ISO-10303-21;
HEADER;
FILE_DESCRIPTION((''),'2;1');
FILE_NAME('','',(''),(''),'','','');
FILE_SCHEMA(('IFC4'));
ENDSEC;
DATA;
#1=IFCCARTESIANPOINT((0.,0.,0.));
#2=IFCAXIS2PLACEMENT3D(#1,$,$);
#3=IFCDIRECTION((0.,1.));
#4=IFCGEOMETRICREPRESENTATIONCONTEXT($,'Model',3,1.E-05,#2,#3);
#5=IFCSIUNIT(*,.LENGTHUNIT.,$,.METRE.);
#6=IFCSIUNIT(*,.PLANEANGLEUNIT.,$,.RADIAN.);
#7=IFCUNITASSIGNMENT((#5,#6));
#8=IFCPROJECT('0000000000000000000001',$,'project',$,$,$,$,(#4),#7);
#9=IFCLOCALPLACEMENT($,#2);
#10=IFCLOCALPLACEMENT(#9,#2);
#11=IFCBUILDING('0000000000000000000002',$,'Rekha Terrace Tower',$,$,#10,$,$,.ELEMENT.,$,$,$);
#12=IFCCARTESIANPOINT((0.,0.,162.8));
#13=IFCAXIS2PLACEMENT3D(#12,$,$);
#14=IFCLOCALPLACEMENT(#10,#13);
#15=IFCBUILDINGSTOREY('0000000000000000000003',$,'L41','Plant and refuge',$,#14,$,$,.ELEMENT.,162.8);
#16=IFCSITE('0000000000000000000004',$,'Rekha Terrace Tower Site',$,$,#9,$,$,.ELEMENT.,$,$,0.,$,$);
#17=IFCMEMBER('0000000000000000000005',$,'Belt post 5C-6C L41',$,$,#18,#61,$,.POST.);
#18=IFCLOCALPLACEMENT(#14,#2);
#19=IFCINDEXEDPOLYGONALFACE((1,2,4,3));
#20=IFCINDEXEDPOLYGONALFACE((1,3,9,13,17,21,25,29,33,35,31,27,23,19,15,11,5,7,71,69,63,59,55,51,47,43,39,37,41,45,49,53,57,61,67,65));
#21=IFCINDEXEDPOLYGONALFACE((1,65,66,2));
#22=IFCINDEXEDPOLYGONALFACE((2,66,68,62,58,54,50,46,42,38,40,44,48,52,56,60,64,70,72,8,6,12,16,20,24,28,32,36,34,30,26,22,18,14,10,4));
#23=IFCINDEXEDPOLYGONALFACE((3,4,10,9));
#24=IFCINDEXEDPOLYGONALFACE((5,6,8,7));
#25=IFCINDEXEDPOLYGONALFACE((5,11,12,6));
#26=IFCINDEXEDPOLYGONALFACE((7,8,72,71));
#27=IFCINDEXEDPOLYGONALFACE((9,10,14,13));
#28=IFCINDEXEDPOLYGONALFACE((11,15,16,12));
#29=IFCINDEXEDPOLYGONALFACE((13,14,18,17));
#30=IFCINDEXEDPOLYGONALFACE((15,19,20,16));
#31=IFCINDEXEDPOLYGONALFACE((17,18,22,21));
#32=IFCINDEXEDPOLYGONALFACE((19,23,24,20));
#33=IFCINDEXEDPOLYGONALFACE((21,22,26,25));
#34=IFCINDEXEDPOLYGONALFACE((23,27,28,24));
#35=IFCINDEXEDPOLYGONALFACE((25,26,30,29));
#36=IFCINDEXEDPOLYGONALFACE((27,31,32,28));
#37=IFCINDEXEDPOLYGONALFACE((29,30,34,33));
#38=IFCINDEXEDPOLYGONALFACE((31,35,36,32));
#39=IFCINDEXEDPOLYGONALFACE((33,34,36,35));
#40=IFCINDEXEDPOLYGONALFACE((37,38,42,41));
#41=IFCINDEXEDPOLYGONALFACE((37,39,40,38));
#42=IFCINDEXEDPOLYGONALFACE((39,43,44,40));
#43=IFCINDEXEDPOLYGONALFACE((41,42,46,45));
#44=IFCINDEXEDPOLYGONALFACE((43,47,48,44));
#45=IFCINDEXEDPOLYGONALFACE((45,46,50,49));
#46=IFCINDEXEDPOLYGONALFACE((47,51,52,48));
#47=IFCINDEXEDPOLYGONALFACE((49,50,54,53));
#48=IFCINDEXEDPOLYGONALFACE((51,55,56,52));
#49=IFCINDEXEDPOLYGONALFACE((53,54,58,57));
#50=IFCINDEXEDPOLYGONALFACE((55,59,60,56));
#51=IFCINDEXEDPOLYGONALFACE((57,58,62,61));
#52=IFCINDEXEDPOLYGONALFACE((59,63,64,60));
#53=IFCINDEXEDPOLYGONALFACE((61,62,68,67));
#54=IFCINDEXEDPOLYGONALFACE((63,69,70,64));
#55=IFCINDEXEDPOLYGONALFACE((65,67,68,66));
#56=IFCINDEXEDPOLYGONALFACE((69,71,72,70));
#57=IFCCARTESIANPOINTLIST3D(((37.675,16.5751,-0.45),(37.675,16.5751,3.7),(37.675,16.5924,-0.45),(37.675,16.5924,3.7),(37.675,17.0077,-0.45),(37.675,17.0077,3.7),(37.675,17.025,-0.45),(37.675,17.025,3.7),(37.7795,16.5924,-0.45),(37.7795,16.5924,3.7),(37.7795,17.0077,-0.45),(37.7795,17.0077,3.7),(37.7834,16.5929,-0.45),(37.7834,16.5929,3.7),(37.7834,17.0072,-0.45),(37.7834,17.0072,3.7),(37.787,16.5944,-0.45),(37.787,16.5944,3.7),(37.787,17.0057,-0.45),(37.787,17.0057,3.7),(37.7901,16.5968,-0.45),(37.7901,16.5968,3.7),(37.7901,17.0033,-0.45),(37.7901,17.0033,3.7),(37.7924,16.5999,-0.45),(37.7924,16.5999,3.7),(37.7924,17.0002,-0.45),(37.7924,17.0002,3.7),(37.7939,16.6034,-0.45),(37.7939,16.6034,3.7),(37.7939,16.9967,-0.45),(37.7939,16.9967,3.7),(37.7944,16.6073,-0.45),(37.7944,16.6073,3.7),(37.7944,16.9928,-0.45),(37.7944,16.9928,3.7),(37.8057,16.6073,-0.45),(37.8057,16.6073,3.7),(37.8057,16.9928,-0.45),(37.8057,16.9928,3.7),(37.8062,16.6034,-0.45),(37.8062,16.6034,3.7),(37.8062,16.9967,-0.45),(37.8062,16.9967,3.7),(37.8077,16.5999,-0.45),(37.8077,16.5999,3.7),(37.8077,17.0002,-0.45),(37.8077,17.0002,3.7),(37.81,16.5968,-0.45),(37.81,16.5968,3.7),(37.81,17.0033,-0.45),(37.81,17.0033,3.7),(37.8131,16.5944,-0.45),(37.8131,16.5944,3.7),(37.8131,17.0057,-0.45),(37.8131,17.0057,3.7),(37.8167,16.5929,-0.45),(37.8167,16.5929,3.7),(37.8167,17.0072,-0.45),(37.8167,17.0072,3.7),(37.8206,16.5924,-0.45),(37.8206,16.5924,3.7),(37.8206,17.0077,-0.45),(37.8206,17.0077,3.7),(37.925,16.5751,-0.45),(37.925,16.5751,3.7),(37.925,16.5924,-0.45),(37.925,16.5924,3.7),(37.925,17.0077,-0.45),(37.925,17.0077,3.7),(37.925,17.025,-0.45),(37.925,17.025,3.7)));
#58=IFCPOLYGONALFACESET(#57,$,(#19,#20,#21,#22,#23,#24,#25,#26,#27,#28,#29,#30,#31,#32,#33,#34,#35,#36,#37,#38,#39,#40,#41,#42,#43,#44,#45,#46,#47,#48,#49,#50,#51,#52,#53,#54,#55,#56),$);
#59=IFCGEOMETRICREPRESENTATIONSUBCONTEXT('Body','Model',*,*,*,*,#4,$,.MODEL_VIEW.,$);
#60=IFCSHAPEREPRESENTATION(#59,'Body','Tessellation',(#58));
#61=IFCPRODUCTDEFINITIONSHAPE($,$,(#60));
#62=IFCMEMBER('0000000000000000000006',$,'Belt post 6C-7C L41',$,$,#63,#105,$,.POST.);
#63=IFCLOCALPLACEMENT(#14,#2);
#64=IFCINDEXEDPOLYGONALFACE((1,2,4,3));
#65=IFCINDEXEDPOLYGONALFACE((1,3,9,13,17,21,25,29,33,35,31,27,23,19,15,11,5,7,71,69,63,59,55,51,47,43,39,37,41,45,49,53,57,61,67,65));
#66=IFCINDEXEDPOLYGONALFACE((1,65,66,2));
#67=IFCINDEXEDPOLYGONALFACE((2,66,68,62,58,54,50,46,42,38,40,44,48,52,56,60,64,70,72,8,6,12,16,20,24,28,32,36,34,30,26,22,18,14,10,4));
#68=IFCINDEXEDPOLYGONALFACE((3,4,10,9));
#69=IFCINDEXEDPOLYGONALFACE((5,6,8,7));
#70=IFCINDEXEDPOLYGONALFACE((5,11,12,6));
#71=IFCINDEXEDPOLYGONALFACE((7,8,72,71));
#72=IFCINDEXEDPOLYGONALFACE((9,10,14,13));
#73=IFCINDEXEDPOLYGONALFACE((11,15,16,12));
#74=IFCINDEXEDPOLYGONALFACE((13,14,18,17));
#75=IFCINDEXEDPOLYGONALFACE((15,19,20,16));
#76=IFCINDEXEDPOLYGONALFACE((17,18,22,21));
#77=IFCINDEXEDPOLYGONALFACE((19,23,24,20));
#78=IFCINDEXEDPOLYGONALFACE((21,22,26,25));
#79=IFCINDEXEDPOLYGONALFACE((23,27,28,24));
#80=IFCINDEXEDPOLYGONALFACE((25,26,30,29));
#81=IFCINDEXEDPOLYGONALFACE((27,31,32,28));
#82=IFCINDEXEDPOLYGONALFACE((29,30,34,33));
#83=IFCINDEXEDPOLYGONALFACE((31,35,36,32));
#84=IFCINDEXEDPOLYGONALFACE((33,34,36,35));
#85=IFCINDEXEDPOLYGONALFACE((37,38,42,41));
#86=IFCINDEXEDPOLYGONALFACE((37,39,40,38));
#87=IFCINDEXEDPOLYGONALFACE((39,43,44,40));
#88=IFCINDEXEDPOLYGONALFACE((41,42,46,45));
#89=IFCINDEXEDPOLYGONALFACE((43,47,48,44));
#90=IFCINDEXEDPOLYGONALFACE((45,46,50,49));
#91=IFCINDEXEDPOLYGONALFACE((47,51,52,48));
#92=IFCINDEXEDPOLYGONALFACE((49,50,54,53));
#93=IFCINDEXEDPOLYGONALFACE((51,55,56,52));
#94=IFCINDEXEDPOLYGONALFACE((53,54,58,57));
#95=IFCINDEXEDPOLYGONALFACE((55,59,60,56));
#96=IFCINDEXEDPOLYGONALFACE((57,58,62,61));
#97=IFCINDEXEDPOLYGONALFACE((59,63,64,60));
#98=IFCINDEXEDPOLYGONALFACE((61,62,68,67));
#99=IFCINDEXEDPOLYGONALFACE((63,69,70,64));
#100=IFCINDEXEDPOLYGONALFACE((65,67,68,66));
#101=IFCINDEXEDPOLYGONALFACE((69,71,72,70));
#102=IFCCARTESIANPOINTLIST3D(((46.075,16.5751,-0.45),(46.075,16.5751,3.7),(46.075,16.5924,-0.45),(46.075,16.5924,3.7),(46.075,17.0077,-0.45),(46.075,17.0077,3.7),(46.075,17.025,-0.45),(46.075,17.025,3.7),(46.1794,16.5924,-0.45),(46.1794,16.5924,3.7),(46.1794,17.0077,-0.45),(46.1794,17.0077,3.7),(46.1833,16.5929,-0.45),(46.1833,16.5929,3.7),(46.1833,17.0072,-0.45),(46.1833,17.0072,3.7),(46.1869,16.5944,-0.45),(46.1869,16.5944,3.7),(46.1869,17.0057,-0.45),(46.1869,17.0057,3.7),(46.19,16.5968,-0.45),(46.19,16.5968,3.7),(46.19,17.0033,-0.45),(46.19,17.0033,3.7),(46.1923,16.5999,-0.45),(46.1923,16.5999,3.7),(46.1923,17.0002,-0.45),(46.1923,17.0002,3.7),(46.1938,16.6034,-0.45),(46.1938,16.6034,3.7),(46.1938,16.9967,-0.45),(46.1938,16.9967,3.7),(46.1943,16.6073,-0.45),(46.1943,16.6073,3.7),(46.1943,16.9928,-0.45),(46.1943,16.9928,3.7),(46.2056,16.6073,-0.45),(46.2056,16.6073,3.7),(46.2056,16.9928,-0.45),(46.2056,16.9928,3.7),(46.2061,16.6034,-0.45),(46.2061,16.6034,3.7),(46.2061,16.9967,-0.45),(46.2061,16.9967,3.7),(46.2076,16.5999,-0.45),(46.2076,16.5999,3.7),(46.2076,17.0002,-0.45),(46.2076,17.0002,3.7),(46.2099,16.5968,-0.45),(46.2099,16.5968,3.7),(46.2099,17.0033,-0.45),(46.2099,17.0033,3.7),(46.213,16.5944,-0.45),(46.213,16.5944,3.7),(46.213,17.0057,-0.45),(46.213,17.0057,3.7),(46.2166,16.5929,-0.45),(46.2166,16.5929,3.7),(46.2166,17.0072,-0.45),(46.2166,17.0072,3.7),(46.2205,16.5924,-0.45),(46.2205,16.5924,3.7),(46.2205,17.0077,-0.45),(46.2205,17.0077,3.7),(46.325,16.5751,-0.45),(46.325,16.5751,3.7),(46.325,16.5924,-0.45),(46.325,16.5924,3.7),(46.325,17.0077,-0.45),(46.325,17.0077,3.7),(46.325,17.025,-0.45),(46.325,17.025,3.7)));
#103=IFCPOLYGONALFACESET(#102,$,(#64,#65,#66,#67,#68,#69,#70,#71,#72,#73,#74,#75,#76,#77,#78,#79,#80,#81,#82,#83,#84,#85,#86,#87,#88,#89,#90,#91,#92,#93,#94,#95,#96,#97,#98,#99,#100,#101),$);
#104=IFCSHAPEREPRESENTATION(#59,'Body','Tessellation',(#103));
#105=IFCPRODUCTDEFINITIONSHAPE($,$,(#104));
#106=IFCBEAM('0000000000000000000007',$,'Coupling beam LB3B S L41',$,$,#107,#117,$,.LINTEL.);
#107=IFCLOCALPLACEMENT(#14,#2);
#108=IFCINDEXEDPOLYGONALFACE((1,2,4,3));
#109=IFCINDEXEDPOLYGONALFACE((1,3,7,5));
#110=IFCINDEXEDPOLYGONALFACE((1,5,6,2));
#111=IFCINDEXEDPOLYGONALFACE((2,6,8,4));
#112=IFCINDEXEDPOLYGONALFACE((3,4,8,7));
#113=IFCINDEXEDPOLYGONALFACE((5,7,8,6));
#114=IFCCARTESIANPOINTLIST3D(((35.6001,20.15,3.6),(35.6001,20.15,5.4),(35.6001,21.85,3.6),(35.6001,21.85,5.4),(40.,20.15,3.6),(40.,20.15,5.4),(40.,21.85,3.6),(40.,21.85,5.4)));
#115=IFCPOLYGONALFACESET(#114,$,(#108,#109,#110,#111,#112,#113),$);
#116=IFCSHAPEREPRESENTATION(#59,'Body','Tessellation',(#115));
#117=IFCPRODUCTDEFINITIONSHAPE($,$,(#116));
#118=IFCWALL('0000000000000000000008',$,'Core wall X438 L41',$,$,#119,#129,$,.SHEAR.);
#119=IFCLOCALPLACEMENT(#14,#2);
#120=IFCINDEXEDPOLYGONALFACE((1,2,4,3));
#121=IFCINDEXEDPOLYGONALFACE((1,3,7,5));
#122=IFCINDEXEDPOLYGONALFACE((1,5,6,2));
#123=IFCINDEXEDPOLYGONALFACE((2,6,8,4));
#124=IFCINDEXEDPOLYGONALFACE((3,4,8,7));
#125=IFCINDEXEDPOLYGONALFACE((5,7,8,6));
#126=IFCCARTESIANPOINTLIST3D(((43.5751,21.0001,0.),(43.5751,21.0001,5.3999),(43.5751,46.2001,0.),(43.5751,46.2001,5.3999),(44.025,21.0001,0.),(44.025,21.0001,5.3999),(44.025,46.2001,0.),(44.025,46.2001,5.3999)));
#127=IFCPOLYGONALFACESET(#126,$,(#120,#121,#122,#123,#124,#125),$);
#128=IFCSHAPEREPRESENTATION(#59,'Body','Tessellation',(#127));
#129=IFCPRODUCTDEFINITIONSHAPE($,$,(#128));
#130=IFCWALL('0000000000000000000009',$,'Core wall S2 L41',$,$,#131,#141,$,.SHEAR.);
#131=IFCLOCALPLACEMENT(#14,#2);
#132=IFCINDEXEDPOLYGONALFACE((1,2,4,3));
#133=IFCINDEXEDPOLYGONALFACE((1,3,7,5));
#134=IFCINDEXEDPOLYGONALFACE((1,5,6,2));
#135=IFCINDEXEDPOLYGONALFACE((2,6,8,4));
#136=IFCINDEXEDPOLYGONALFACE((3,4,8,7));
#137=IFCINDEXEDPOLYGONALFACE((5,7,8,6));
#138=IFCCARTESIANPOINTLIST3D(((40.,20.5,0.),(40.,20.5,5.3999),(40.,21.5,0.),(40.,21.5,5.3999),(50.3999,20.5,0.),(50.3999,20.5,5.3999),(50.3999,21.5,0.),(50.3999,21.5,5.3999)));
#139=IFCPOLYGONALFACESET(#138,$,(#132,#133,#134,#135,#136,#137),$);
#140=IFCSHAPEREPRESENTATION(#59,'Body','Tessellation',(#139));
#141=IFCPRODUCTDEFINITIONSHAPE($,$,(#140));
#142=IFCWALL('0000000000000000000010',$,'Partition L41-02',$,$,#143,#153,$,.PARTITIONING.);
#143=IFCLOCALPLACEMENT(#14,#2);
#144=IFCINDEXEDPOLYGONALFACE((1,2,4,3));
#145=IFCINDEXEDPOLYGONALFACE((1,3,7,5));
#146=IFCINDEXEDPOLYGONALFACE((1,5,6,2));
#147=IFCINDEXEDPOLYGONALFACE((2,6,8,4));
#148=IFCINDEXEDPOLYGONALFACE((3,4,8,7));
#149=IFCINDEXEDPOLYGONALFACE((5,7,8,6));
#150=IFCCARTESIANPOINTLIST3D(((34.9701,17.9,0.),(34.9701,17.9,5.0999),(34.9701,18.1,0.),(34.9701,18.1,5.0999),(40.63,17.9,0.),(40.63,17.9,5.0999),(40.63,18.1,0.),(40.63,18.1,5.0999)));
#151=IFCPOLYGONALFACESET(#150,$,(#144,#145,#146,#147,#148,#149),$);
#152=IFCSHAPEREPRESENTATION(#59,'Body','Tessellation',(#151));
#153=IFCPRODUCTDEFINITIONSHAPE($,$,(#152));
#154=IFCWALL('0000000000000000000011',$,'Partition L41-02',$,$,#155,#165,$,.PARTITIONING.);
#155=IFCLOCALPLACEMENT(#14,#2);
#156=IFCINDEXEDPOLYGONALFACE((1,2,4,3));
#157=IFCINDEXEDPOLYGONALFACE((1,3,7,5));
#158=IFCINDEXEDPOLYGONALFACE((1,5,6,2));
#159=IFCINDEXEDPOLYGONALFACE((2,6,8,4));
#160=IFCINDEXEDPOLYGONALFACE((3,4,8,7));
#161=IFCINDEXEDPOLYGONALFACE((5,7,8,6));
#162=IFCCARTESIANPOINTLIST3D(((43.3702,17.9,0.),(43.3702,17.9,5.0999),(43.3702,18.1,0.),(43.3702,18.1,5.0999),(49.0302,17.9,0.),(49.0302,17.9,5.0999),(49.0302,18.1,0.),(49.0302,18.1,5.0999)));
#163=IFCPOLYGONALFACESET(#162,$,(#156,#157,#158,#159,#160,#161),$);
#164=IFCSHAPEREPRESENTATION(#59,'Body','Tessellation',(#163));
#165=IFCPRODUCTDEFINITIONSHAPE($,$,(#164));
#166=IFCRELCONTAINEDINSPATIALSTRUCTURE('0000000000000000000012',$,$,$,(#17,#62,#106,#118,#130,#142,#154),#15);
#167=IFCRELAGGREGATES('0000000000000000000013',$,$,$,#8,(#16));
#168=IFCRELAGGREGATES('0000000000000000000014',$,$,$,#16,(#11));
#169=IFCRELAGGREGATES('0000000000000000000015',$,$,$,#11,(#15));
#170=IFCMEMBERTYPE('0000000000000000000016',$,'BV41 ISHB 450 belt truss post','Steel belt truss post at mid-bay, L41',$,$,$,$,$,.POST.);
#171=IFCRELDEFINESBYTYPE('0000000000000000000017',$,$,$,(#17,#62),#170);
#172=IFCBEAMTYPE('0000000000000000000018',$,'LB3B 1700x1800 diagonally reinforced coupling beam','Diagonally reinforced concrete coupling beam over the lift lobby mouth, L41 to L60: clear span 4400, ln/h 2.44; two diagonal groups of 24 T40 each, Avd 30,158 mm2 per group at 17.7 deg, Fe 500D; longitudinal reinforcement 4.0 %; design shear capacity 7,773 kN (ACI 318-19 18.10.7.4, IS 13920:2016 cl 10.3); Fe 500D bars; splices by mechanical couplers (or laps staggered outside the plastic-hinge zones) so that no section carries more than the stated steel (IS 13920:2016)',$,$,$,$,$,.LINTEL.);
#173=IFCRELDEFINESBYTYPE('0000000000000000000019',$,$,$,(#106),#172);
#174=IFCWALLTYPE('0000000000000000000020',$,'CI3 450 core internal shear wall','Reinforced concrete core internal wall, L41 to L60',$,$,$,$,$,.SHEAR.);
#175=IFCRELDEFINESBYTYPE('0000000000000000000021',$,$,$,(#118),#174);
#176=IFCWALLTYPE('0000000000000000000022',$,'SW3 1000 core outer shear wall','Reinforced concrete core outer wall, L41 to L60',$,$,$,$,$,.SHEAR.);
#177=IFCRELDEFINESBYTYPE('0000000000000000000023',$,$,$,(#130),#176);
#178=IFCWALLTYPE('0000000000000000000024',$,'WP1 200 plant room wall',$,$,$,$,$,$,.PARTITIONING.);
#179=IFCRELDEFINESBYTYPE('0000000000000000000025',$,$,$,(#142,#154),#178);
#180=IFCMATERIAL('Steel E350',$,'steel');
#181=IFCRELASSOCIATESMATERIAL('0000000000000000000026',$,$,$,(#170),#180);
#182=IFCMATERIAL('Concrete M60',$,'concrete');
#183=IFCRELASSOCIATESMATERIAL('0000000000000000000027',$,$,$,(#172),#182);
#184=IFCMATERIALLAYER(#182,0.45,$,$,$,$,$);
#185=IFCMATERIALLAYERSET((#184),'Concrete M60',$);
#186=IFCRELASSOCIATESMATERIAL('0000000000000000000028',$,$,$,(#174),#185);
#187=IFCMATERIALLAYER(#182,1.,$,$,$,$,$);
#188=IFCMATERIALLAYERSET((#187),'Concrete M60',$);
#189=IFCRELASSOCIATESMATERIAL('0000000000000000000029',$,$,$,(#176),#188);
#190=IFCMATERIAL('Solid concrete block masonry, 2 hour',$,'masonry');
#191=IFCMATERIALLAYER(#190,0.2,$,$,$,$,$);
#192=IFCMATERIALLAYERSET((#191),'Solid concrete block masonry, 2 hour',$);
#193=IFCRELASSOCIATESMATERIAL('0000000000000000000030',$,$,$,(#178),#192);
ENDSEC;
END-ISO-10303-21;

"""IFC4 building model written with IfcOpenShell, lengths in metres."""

from ifc_helpers import new_model, si_unit, direction, frame, frame_2d, origin, origin_2d, place, context, subcontext, project, spatial, rectangle, i_section, extrude, material, layer, layer_set, material_profile, profile_set, type_object, element, save


model = new_model("IFC4")

# Units and contexts
model_context = context("Model", 3, precision=1e-05, world=origin(), true_north=direction((0.0, 1.0)))
body_context = subcontext(model_context, "Body", "Model", "MODEL_VIEW")
ifc_project = project(units=[si_unit("LENGTHUNIT", "METRE"), si_unit("PLANEANGLEUNIT", "RADIAN")], contexts=[model_context])

# Site, building, storey
site_placement = place(None, origin())
site = spatial("IfcSite", under=ifc_project, at=site_placement, Name="Rekha Terrace Tower Site", CompositionType="ELEMENT", RefElevation=0.0)
building_placement = place(site_placement, origin())
building = spatial("IfcBuilding", under=site, at=building_placement, Name="Rekha Terrace Tower", CompositionType="ELEMENT")
storey_placement = place(building_placement, frame((0.0, 0.0, 162.8)))
storey = spatial("IfcBuildingStorey", under=building, at=storey_placement, Name="L41", Description="Plant and refuge", CompositionType="ELEMENT", Elevation=162.8)

# Shared definitions
ifc_material_1 = material(Name="Concrete M60", Category="concrete")

# Members
ifc_material_2 = material(Name="Steel E350", Category="steel")
ifc_material_profile_1 = material_profile(ifc_material_2, i_section(OverallWidth=0.25, OverallDepth=0.45, WebThickness=0.0112, FlangeThickness=0.0173, FilletRadius=0.0149, at=origin_2d()), Name="ISHB 450")
ifc_profile_set_1 = profile_set([ifc_material_profile_1], Name="Steel E350")
member_type_1 = type_object("IfcMemberType", Name="BV41 ISHB 450 belt truss post", Description="Steel belt truss post at mid-bay, L41", PredefinedType="POST", material=ifc_profile_set_1)
for number, where, z_axis, x_axis, name in (
    (1, (37.8, 16.8, -0.45), (0.0, 0.0, 1.0), (1.0, 0.0, 0.0), "Belt post 5C-6C L41"),
    (2, (46.2, 16.8, -0.45), (0.0, 0.0, 1.0), (1.0, 0.0, 0.0), "Belt post 6C-7C L41"),
):
    element("IfcMember", number, at=place(storey_placement, frame(where, z_axis=z_axis, x_axis=x_axis)), inside=storey, type_object=member_type_1, Name=name, PredefinedType="POST", context=body_context, shape_type="SweptSolid", body=[
        extrude(i_section(OverallWidth=0.25, OverallDepth=0.45, WebThickness=0.0112, FlangeThickness=0.0173, FilletRadius=0.0149, at=origin_2d()), origin(), (0.0, 0.0, 1.0), 4.1499),
    ])

# Beam
ifc_material_profile_2 = material_profile(ifc_material_1, rectangle(XDim=1.7, YDim=1.8, at=origin_2d()), Name="RC 1700x1800")
ifc_profile_set_2 = profile_set([ifc_material_profile_2], Name="Concrete M60")
beam_type = type_object("IfcBeamType", Name="LB3B 1700x1800 diagonally reinforced coupling beam", Description="Diagonally reinforced concrete coupling beam over the lift lobby mouth, L41 to L60: clear span 4400, ln/h 2.44; two diagonal groups of 24 T40 each, Avd 30,158 mm2 per group at 17.7 deg, Fe 500D; longitudinal reinforcement 4.0 %; design shear capacity 7,773 kN (ACI 318-19 18.10.7.4, IS 13920:2016 cl 10.3); Fe 500D bars; splices by mechanical couplers (or laps staggered outside the plastic-hinge zones) so that no section carries more than the stated steel (IS 13920:2016)", PredefinedType="LINTEL", material=ifc_profile_set_2)
beam_placement = place(storey_placement, frame((35.6001, 21.0, 4.5), z_axis=(1.0, 0.0, 0.0), x_axis=(0.0, 1.0, 0.0)))
element("IfcBeam", 3, at=beam_placement, inside=storey, type_object=beam_type, Name="Coupling beam LB3B S L41", PredefinedType="LINTEL", context=body_context, shape_type="SweptSolid", body=[
    extrude(rectangle(XDim=1.7, YDim=1.8, at=origin_2d()), origin(), (0.0, 0.0, 1.0), 4.3999),
])

# Walls
ifc_layer_1 = layer(ifc_material_1, 0.45)
ifc_layer_set_1 = layer_set([ifc_layer_1], Name="Concrete M60")
wall_type_1 = type_object("IfcWallType", Name="CI3 450 core internal shear wall", Description="Reinforced concrete core internal wall, L41 to L60", PredefinedType="SHEAR", material=ifc_layer_set_1)
wall_1_placement = place(storey_placement, frame((43.8, 21.0, 0.0), z_axis=(0.0, 0.0, 1.0), x_axis=(0.0, 1.0, 0.0)))
element("IfcWall", 4, at=wall_1_placement, inside=storey, type_object=wall_type_1, Name="Core wall X438 L41", PredefinedType="SHEAR", context=body_context, shape_type="SweptSolid", body=[
    extrude(rectangle(XDim=25.2, YDim=0.45, at=frame_2d((12.6001, 0.0))), origin(), (0.0, 0.0, 1.0), 5.3999),
])
ifc_layer_2 = layer(ifc_material_1, 1.0)
ifc_layer_set_2 = layer_set([ifc_layer_2], Name="Concrete M60")
wall_type_2 = type_object("IfcWallType", Name="SW3 1000 core outer shear wall", Description="Reinforced concrete core outer wall, L41 to L60", PredefinedType="SHEAR", material=ifc_layer_set_2)
wall_2_placement = place(storey_placement, frame((40.0, 21.0, 0.0), z_axis=(0.0, 0.0, 1.0), x_axis=(1.0, 0.0, 0.0)))
element("IfcWall", 5, at=wall_2_placement, inside=storey, type_object=wall_type_2, Name="Core wall S2 L41", PredefinedType="SHEAR", context=body_context, shape_type="SweptSolid", body=[
    extrude(rectangle(XDim=10.3999, YDim=1.0, at=frame_2d((5.2, 0.0))), origin(), (0.0, 0.0, 1.0), 5.3999),
])
ifc_material_3 = material(Name="Solid concrete block masonry, 2 hour", Category="masonry")
ifc_layer_3 = layer(ifc_material_3, 0.2)
ifc_layer_set_3 = layer_set([ifc_layer_3], Name="Solid concrete block masonry, 2 hour")
wall_type_3 = type_object("IfcWallType", Name="WP1 200 plant room wall", PredefinedType="PARTITIONING", material=ifc_layer_set_3)
for number, where, z_axis, x_axis, name in (
    (6, (34.97, 18.0, 0.0), (0.0, 0.0, 1.0), (1.0, 0.0, 0.0), "Partition L41-02"),
    (7, (43.3701, 18.0, 0.0), (0.0, 0.0, 1.0), (1.0, 0.0, 0.0), "Partition L41-02"),
):
    element("IfcWall", number, at=place(storey_placement, frame(where, z_axis=z_axis, x_axis=x_axis)), inside=storey, type_object=wall_type_3, Name=name, PredefinedType="PARTITIONING", context=body_context, shape_type="SweptSolid", body=[
        extrude(rectangle(XDim=5.6599, YDim=0.2, at=frame_2d((2.8301, 0.0))), origin(), (0.0, 0.0, 1.0), 5.0999),
    ])

save(model, "model.ifc")
